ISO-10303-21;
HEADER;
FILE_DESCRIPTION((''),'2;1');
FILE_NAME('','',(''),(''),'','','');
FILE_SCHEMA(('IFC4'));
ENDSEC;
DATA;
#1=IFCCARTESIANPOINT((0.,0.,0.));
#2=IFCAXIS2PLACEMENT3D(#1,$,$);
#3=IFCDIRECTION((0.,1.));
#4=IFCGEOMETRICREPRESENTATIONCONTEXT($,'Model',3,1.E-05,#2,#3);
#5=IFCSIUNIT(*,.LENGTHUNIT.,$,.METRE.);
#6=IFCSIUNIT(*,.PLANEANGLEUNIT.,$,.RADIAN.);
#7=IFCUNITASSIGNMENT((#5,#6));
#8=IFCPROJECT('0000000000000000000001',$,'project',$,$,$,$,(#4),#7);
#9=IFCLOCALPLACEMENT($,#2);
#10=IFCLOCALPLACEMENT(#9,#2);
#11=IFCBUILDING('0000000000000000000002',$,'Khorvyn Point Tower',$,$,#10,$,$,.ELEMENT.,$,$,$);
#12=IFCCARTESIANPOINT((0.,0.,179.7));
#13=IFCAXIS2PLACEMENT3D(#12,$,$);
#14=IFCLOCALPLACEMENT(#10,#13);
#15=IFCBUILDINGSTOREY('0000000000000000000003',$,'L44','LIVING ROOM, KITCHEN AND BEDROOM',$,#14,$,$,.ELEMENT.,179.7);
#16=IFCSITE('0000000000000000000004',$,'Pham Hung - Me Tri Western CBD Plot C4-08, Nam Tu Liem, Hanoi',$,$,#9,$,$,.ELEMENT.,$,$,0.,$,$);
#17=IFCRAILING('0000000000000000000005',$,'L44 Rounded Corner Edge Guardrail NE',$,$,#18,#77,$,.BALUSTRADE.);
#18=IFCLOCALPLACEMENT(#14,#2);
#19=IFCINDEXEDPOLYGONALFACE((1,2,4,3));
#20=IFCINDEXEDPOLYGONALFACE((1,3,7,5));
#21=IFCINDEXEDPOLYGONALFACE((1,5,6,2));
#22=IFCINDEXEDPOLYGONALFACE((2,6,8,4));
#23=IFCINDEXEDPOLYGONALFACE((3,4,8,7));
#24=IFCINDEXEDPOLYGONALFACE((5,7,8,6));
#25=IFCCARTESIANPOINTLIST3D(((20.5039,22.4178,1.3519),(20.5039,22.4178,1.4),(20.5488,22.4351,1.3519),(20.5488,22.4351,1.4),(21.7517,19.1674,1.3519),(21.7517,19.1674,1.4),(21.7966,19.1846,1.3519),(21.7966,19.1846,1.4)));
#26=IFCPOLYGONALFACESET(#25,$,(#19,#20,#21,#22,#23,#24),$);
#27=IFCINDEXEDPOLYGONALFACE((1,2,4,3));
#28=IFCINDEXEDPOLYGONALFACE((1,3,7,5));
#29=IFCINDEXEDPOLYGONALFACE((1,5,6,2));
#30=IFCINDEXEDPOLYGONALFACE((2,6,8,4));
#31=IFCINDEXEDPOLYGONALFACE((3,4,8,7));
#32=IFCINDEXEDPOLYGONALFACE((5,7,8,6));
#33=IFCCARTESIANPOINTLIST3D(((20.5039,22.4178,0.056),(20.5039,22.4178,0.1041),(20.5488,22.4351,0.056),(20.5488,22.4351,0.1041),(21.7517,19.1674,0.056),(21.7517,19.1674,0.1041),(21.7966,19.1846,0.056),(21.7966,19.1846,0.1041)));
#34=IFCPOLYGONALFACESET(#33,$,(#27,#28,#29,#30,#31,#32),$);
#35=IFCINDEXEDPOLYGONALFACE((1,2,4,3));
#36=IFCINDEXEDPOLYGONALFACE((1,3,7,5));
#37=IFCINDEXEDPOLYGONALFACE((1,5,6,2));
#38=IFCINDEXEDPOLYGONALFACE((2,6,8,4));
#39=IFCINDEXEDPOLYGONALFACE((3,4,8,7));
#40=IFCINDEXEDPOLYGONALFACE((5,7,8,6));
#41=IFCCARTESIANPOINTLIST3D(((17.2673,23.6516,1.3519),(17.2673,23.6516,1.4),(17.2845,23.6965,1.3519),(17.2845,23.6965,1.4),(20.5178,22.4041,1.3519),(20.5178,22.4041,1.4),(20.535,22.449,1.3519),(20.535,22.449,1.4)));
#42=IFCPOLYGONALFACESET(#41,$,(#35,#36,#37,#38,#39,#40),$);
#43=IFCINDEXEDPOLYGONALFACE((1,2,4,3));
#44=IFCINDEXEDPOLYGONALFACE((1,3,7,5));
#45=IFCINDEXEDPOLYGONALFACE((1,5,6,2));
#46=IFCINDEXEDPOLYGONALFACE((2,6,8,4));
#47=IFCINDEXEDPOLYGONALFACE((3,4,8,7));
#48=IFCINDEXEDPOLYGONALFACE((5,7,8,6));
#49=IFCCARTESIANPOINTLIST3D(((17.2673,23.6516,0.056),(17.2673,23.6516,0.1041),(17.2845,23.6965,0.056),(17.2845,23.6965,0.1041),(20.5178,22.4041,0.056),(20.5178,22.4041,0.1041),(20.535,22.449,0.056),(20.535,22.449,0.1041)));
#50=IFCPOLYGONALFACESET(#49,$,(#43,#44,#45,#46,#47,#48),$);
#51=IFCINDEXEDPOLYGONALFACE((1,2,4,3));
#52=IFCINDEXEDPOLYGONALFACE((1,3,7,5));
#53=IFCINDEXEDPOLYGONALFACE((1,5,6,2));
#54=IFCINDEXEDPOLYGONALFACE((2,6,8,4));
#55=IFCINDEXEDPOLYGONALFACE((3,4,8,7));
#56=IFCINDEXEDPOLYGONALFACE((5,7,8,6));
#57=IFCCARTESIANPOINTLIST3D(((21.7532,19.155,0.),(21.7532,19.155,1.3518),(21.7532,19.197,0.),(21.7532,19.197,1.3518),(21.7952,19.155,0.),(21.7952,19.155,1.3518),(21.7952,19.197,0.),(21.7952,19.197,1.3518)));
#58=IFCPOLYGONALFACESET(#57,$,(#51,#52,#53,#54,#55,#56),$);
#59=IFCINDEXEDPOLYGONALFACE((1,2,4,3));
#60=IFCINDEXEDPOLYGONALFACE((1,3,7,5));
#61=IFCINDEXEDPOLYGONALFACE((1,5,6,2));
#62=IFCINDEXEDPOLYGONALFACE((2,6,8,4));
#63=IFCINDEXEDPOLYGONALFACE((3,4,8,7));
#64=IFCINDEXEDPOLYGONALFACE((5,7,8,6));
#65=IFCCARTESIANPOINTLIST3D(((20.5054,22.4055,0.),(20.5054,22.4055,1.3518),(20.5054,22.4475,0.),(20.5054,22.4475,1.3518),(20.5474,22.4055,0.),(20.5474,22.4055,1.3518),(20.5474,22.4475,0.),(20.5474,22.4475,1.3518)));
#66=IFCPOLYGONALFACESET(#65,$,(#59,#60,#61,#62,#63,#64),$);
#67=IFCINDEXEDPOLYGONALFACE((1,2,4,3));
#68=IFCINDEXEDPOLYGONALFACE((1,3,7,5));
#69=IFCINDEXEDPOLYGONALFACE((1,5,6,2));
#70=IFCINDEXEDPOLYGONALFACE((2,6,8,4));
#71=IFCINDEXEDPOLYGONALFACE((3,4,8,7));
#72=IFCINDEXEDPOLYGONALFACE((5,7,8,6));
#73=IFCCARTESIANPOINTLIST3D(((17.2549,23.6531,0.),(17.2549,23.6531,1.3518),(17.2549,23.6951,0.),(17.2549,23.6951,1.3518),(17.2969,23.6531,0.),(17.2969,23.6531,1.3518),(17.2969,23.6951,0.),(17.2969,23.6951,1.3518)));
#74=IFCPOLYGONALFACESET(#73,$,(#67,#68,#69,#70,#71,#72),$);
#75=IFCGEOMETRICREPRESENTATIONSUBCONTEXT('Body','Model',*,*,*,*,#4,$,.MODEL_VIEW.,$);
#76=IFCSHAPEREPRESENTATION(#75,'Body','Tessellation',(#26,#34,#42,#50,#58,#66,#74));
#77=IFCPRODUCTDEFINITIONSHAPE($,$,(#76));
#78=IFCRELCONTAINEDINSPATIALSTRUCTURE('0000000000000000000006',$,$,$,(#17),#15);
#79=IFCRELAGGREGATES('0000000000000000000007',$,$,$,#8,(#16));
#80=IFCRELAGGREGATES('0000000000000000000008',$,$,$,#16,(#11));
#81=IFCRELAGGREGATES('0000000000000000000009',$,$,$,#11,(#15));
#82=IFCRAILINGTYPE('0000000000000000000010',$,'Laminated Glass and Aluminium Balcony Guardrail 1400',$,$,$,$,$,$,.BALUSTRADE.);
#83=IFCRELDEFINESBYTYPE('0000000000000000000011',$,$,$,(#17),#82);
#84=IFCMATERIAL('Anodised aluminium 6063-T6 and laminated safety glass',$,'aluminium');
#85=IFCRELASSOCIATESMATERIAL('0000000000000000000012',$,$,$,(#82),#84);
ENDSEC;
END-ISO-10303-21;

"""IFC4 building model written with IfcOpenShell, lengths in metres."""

from ifc_helpers import new_model, si_unit, direction, frame, origin, origin_2d, place, context, subcontext, project, spatial, rectangle, extrude, material, type_object, element, save


model = new_model("IFC4")

# Units and contexts
model_context = context("Model", 3, precision=1e-05, world=origin(), true_north=direction((0.0, 1.0)))
body_context = subcontext(model_context, "Body", "Model", "MODEL_VIEW")
ifc_project = project(units=[si_unit("LENGTHUNIT", "METRE"), si_unit("PLANEANGLEUNIT", "RADIAN")], contexts=[model_context])

# Site, building, storey
site_placement = place(None, origin())
site = spatial("IfcSite", under=ifc_project, at=site_placement, Name="Pham Hung - Me Tri Western CBD Plot C4-08, Nam Tu Liem, Hanoi", CompositionType="ELEMENT", RefElevation=0.0)
building_placement = place(site_placement, origin())
building = spatial("IfcBuilding", under=site, at=building_placement, Name="Khorvyn Point Tower", CompositionType="ELEMENT")
storey_placement = place(building_placement, frame((0.0, 0.0, 179.7)))
storey = spatial("IfcBuildingStorey", under=building, at=storey_placement, Name="L44", Description="LIVING ROOM, KITCHEN AND BEDROOM", CompositionType="ELEMENT", Elevation=179.7)

# Railing
ifc_material_1 = material(Name="Anodised aluminium 6063-T6 and laminated safety glass", Category="aluminium")
railing_type = type_object("IfcRailingType", Name="Laminated Glass and Aluminium Balcony Guardrail 1400", PredefinedType="BALUSTRADE", material=ifc_material_1)
railing_1_placement = place(storey_placement, frame((21.7742, 19.176, 0.0)))
element("IfcRailing", 1, at=railing_1_placement, inside=storey, type_object=railing_type, Name="L44 Rounded Corner Edge Guardrail NE", PredefinedType="BALUSTRADE", context=body_context, shape_type="SweptSolid", body=[
    extrude(rectangle(XDim=0.0481, YDim=0.0481, at=origin_2d()), frame((0.0, 0.0, 1.376), z_axis=(-0.358382, 0.933575, 0.0), x_axis=(-0.933575, -0.358382, 0.0)), (0.0, 0.0, 1.0), 3.4817),
    extrude(rectangle(XDim=0.0481, YDim=0.0481, at=origin_2d()), frame((0.0, 0.0, 0.0801), z_axis=(-0.358382, 0.933575, 0.0), x_axis=(-0.933575, -0.358382, 0.0)), (0.0, 0.0, 1.0), 3.4817),
    extrude(rectangle(XDim=0.0481, YDim=0.0481, at=origin_2d()), frame((-1.2478, 3.2505, 1.376), z_axis=(-0.933598, 0.358321, 0.0), x_axis=(-0.358321, -0.933598, 0.0)), (0.0, 0.0, 1.0), 3.4817),
    extrude(rectangle(XDim=0.0481, YDim=0.0481, at=origin_2d()), frame((-1.2478, 3.2505, 0.0801), z_axis=(-0.933598, 0.358321, 0.0), x_axis=(-0.358321, -0.933598, 0.0)), (0.0, 0.0, 1.0), 3.4817),
    extrude(rectangle(XDim=0.042, YDim=0.042, at=origin_2d()), origin(), (0.0, 0.0, 1.0), 1.3518),
    extrude(rectangle(XDim=0.042, YDim=0.042, at=origin_2d()), frame((-1.2478, 3.2505, 0.0)), (0.0, 0.0, 1.0), 1.3518),
    extrude(rectangle(XDim=0.042, YDim=0.042, at=origin_2d()), frame((-4.4983, 4.498, 0.0)), (0.0, 0.0, 1.0), 1.3518),
])

save(model, "model.ifc")
